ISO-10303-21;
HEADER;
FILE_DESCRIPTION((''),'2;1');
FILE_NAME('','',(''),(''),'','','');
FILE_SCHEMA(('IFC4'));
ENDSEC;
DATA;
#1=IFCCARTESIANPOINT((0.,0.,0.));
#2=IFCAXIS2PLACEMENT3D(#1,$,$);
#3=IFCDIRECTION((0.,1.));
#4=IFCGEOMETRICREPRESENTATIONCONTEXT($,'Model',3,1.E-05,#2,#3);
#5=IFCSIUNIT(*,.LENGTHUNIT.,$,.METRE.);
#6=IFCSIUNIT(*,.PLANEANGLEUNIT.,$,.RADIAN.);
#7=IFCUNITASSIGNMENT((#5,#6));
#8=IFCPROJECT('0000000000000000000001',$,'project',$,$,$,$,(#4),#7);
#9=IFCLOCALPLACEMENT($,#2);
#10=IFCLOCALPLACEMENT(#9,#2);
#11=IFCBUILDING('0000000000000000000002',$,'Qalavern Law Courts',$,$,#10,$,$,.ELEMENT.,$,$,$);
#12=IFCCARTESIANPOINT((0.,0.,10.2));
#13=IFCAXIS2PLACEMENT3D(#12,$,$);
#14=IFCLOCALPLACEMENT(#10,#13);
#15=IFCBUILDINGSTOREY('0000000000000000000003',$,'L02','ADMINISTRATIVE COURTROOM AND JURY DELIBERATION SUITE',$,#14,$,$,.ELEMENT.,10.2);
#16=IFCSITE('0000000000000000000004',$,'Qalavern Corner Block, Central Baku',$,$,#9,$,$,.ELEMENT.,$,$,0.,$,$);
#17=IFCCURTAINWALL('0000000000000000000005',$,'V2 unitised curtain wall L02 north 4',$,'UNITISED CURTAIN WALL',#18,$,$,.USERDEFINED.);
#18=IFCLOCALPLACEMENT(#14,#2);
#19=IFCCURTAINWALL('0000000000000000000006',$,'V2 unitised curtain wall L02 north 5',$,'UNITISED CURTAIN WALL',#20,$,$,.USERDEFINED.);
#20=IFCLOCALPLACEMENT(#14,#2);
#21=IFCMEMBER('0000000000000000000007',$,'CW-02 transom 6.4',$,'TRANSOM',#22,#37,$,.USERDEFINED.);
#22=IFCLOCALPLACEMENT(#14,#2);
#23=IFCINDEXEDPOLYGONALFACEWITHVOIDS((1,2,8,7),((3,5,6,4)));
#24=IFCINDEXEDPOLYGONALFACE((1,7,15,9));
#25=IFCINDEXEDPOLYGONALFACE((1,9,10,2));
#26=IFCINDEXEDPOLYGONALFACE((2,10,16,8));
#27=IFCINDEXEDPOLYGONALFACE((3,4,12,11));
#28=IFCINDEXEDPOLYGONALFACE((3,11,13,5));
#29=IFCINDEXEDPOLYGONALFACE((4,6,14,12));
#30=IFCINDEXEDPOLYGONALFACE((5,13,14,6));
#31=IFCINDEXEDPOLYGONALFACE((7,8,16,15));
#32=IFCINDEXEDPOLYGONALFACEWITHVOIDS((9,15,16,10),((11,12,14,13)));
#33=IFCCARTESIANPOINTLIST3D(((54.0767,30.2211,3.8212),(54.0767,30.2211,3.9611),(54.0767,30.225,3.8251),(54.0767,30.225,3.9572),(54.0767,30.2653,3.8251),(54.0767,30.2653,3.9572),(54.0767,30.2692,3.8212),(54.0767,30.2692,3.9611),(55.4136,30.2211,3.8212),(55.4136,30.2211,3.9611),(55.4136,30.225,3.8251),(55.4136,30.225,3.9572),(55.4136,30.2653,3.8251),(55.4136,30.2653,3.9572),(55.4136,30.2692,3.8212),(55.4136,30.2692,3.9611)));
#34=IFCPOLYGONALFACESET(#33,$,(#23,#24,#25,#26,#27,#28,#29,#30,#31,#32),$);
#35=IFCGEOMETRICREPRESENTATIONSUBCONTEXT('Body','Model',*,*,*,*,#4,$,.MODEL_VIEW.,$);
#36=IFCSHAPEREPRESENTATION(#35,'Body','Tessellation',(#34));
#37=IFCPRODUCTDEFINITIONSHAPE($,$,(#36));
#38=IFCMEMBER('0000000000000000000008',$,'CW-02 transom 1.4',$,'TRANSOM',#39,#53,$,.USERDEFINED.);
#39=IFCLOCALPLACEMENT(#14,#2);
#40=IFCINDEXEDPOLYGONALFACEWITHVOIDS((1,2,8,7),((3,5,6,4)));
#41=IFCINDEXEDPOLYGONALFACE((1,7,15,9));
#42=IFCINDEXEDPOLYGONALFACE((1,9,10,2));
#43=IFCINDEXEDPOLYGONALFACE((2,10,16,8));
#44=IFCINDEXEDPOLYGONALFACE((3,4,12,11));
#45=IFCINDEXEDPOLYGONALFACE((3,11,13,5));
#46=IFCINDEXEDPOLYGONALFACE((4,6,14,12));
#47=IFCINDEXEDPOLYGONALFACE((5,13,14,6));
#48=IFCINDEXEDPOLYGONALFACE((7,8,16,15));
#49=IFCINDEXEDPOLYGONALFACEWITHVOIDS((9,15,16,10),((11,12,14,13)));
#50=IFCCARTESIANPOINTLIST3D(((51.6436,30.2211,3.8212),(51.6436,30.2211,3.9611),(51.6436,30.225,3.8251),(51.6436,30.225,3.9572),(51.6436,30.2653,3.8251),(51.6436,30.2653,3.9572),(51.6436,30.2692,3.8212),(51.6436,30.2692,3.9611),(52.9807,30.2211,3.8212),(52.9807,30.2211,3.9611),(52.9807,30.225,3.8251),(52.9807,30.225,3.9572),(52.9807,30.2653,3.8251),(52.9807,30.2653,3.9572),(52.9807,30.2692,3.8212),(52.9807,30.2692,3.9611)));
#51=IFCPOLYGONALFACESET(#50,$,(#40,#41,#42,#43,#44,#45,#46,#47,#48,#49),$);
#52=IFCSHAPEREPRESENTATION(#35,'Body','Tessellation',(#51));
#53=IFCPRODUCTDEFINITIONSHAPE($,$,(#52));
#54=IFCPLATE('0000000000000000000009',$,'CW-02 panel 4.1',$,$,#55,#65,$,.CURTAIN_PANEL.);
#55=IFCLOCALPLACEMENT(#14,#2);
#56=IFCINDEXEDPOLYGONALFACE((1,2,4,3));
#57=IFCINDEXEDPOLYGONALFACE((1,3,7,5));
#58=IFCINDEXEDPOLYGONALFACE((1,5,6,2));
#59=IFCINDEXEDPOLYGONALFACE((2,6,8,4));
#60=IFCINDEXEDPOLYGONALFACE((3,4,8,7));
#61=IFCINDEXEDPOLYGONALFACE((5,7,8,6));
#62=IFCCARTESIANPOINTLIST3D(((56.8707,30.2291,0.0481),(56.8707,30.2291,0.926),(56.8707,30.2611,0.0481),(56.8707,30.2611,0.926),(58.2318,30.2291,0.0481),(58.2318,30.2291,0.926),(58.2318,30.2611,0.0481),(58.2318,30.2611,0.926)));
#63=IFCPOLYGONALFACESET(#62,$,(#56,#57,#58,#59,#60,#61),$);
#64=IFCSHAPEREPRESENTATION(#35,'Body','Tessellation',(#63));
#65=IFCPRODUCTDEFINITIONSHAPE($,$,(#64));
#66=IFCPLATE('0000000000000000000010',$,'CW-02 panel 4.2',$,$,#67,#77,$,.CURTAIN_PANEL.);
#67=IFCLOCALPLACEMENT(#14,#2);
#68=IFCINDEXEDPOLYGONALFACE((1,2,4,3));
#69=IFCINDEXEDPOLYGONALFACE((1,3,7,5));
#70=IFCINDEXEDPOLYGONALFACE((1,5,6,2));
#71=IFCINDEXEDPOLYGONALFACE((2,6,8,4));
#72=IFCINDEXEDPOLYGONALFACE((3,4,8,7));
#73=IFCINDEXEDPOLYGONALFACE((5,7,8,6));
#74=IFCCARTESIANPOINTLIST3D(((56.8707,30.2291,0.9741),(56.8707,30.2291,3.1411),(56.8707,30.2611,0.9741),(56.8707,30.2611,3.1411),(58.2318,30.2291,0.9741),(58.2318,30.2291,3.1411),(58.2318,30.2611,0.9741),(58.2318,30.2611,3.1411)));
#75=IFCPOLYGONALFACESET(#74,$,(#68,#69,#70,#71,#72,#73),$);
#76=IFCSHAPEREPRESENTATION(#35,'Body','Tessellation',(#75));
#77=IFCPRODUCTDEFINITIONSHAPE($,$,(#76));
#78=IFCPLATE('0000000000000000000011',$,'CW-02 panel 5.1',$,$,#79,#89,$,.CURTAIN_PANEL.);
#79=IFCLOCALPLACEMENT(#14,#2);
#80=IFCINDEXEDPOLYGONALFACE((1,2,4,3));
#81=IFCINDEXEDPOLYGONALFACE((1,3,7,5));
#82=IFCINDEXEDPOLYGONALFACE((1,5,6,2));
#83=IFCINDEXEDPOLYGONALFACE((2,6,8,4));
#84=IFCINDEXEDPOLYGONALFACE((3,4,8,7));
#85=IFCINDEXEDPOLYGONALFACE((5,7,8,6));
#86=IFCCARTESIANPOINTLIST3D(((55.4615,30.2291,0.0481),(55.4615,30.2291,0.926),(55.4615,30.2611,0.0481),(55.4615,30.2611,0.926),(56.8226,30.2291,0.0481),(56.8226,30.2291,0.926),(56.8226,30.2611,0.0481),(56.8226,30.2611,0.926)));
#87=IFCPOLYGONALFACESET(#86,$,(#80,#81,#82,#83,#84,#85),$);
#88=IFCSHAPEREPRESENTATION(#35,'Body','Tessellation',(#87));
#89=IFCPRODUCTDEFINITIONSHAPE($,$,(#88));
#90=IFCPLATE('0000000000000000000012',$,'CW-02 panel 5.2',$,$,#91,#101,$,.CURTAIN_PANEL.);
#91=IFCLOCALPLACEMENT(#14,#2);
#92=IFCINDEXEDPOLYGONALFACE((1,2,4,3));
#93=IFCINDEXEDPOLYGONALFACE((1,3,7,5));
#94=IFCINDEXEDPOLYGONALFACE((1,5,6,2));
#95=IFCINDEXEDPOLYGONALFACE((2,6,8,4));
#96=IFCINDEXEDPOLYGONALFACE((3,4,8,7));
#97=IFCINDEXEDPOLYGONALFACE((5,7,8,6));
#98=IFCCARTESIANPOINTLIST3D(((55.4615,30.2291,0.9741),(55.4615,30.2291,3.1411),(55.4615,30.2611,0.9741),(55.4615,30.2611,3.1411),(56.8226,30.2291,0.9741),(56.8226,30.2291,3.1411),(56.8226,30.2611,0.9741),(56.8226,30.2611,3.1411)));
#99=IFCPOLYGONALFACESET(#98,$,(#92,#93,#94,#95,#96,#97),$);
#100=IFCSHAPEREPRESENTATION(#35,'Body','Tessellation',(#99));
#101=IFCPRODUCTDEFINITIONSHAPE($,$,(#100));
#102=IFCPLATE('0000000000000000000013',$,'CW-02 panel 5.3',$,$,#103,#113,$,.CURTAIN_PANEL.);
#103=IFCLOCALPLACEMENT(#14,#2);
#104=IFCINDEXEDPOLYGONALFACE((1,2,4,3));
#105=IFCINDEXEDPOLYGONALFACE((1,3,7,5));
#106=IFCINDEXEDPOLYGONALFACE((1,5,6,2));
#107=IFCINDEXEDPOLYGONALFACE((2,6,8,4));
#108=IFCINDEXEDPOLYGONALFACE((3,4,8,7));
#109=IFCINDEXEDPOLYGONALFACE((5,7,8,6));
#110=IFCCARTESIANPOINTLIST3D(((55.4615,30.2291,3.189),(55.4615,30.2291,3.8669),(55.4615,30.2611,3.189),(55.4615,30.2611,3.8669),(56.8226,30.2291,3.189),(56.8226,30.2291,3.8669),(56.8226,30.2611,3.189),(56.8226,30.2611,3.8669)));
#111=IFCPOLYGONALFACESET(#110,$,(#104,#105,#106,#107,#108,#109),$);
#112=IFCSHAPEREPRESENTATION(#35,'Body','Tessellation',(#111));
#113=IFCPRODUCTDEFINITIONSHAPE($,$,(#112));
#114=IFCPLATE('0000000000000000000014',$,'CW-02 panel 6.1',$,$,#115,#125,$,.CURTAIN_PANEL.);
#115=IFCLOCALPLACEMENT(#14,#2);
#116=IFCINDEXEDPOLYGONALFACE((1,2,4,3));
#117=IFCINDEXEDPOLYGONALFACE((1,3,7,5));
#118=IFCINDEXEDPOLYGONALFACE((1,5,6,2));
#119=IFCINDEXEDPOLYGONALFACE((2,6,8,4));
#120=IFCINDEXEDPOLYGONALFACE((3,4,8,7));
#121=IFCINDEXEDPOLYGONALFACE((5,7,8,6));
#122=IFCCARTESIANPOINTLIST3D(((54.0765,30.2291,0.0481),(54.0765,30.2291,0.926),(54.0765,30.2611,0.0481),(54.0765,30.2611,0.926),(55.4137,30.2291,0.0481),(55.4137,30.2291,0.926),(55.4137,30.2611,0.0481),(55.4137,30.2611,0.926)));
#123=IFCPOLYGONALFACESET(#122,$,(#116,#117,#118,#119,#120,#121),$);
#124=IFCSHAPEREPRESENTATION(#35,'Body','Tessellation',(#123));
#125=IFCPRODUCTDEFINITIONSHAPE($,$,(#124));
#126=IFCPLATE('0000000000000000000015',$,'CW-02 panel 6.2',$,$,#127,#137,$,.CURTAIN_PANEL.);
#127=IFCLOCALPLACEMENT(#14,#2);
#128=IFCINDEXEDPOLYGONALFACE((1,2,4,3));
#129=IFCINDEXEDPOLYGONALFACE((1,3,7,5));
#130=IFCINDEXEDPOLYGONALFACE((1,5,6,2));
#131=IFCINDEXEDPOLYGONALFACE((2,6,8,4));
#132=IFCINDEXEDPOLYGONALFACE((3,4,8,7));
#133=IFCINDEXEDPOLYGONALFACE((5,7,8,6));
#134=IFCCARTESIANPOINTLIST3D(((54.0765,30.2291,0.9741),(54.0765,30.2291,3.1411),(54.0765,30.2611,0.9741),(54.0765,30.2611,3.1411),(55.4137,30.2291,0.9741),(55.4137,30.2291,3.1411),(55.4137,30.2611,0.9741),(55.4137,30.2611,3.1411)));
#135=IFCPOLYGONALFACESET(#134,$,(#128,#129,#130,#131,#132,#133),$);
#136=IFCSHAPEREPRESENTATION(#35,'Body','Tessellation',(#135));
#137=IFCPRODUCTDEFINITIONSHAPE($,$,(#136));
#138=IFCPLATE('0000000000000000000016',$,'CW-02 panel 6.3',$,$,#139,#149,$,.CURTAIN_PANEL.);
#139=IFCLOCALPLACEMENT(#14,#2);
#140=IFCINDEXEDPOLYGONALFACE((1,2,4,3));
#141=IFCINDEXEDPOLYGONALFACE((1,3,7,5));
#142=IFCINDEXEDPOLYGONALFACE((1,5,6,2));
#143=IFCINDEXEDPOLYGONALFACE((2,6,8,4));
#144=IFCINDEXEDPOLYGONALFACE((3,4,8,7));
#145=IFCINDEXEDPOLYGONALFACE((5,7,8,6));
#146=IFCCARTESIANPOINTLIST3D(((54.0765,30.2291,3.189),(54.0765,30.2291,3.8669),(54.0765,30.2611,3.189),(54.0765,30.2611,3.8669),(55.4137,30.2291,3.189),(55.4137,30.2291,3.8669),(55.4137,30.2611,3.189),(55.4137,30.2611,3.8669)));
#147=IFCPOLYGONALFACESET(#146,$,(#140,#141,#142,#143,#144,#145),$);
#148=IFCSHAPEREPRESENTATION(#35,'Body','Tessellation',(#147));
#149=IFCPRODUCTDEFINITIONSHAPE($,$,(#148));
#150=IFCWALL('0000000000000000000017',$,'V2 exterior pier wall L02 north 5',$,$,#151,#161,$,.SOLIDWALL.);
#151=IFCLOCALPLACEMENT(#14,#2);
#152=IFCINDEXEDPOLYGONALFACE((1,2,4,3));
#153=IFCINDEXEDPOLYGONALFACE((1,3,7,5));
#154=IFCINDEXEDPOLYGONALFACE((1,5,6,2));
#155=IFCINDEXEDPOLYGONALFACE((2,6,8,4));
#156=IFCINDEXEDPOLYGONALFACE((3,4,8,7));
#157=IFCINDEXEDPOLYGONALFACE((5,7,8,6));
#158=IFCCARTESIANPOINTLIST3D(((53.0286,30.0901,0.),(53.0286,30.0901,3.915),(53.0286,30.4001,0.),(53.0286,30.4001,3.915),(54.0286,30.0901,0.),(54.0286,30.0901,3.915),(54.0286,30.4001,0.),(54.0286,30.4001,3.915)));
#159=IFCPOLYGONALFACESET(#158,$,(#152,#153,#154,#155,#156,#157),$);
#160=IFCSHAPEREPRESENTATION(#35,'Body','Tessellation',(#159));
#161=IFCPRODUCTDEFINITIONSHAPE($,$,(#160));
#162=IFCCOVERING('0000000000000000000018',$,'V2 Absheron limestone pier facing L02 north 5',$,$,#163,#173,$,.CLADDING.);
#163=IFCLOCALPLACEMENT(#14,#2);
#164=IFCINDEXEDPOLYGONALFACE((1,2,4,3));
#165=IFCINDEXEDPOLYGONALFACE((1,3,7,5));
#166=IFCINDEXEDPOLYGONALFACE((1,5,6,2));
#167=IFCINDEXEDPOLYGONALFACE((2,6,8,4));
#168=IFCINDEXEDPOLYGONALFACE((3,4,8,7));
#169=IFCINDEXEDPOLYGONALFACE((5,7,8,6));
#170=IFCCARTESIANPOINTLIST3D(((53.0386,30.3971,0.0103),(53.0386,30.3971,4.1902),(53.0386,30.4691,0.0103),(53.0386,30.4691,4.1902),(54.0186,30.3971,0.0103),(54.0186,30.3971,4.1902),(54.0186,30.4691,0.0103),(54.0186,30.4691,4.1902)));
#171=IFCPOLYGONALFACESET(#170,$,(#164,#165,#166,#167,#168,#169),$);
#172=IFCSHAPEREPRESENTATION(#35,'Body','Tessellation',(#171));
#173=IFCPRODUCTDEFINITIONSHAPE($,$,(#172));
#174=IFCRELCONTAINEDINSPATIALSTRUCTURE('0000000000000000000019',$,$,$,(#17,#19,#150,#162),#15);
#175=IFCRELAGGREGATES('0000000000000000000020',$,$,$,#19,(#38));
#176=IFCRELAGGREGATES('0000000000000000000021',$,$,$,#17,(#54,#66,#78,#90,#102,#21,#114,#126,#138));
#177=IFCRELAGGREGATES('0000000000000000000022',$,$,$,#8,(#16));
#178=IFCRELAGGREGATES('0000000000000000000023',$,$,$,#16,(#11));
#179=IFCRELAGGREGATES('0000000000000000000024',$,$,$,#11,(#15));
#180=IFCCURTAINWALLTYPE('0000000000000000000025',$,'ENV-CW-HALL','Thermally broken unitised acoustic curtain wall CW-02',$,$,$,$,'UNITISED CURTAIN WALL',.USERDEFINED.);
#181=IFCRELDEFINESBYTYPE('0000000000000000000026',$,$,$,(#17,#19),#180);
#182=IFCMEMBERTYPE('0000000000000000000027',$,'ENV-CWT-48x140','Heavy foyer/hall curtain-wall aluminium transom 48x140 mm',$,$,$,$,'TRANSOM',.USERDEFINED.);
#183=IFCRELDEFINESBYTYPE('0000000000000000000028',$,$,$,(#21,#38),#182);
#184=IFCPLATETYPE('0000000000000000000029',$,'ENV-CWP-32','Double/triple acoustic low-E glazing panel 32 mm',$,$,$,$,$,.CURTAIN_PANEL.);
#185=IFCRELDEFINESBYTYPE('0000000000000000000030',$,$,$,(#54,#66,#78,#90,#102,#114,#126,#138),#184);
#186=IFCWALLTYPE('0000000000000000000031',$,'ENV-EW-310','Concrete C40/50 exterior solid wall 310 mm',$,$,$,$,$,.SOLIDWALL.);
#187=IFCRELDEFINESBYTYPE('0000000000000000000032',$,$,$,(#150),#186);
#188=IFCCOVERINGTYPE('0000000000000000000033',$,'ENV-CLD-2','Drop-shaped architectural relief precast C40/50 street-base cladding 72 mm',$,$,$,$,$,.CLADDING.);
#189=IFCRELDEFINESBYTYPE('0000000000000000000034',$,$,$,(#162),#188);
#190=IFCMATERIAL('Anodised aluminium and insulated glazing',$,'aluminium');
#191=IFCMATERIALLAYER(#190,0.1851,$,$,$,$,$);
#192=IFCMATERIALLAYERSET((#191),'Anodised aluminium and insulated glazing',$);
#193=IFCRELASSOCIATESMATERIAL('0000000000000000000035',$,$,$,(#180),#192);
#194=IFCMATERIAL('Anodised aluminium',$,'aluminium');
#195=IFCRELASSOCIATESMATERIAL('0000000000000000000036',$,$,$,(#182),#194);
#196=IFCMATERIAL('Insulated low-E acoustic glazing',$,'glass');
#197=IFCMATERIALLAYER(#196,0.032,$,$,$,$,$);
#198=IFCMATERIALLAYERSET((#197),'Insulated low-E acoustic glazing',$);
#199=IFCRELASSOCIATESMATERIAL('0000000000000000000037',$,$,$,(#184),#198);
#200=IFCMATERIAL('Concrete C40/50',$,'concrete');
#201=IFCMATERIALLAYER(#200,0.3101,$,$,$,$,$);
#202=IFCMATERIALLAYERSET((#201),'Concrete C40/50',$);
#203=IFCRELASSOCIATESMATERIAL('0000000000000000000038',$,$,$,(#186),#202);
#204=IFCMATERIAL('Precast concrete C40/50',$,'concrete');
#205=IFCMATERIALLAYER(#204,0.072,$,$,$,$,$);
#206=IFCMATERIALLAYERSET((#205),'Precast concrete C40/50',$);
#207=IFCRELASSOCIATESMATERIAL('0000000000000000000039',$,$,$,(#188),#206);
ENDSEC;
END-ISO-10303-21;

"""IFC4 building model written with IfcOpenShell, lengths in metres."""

from ifc_helpers import new_model, si_unit, direction, frame, frame_2d, origin, origin_2d, place, context, subcontext, project, spatial, rectangle, hollow_rectangle, extrude, material, layer, layer_set, material_profile, profile_set, type_object, element, aggregate, save


model = new_model("IFC4")

# Units and contexts
model_context = context("Model", 3, precision=1e-05, world=origin(), true_north=direction((0.0, 1.0)))
body_context = subcontext(model_context, "Body", "Model", "MODEL_VIEW")
ifc_project = project(units=[si_unit("LENGTHUNIT", "METRE"), si_unit("PLANEANGLEUNIT", "RADIAN")], contexts=[model_context])

# Site, building, storey
site_placement = place(None, origin())
site = spatial("IfcSite", under=ifc_project, at=site_placement, Name="Qalavern Corner Block, Central Baku", CompositionType="ELEMENT", RefElevation=0.0)
building_placement = place(site_placement, origin())
building = spatial("IfcBuilding", under=site, at=building_placement, Name="Qalavern Law Courts", CompositionType="ELEMENT")
storey_placement = place(building_placement, frame((0.0, 0.0, 10.2)))
storey = spatial("IfcBuildingStorey", under=building, at=storey_placement, Name="L02", Description="ADMINISTRATIVE COURTROOM AND JURY DELIBERATION SUITE", CompositionType="ELEMENT", Elevation=10.2)

# Curtain wall
ifc_material_1 = material(Name="Anodised aluminium and insulated glazing", Category="aluminium")
ifc_layer_1 = layer(ifc_material_1, 0.1851)
ifc_layer_set_1 = layer_set([ifc_layer_1], Name="Anodised aluminium and insulated glazing")
curtain_wall_type = type_object("IfcCurtainWallType", Name="ENV-CW-HALL", Description="Thermally broken unitised acoustic curtain wall CW-02", ElementType="UNITISED CURTAIN WALL", PredefinedType="USERDEFINED", material=ifc_layer_set_1)
curtain_wall_1_placement = place(storey_placement, origin())
curtain_wall_1 = element("IfcCurtainWall", 1, at=curtain_wall_1_placement, inside=storey, type_object=curtain_wall_type, Name="V2 unitised curtain wall L02 north 4", ObjectType="UNITISED CURTAIN WALL", PredefinedType="USERDEFINED")
ifc_material_2 = material(Name="Anodised aluminium", Category="aluminium")

# Curtain wall
curtain_wall_2_placement = place(storey_placement, origin())
curtain_wall_2 = element("IfcCurtainWall", 2, at=curtain_wall_2_placement, inside=storey, type_object=curtain_wall_type, Name="V2 unitised curtain wall L02 north 5", ObjectType="UNITISED CURTAIN WALL", PredefinedType="USERDEFINED")

# Members
ifc_material_profile_1 = material_profile(ifc_material_2, hollow_rectangle(XDim=0.0481, YDim=0.1399, WallThickness=0.0039, at=origin_2d()), Name="ALU TRANSOM 48x140")
ifc_profile_set_1 = profile_set([ifc_material_profile_1], Name="Anodised aluminium")
member_type_1 = type_object("IfcMemberType", Name="ENV-CWT-48x140", Description="Heavy foyer/hall curtain-wall aluminium transom 48x140 mm", ElementType="TRANSOM", PredefinedType="USERDEFINED", material=ifc_profile_set_1)
member_1_placement = place(storey_placement, frame((55.4136, 30.2451, 3.8911), z_axis=(-1.0, 0.0, 0.0), x_axis=(0.0, -1.0, 0.0)))
member_1 = element("IfcMember", 3, at=member_1_placement, type_object=member_type_1, Name="CW-02 transom 6.4", ObjectType="TRANSOM", PredefinedType="USERDEFINED", context=body_context, shape_type="SweptSolid", body=[
    extrude(hollow_rectangle(XDim=0.0481, YDim=0.1399, WallThickness=0.0039, at=origin_2d()), origin(), (0.0, 0.0, 1.0), 1.3369),
])
member_2_placement = place(storey_placement, frame((52.9807, 30.2451, 3.8911), z_axis=(-1.0, 0.0, 0.0), x_axis=(0.0, -1.0, 0.0)))
member_2 = element("IfcMember", 4, at=member_2_placement, type_object=member_type_1, Name="CW-02 transom 1.4", ObjectType="TRANSOM", PredefinedType="USERDEFINED", context=body_context, shape_type="SweptSolid", body=[
    extrude(hollow_rectangle(XDim=0.0481, YDim=0.1399, WallThickness=0.0039, at=origin_2d()), origin(), (0.0, 0.0, 1.0), 1.3372),
])
aggregate(curtain_wall_2, [member_2])

# Plates
ifc_material_3 = material(Name="Insulated low-E acoustic glazing", Category="glass")
ifc_layer_2 = layer(ifc_material_3, 0.032)
ifc_layer_set_2 = layer_set([ifc_layer_2], Name="Insulated low-E acoustic glazing")
plate_type = type_object("IfcPlateType", Name="ENV-CWP-32", Description="Double/triple acoustic low-E glazing panel 32 mm", PredefinedType="CURTAIN_PANEL", material=ifc_layer_set_2)
plate_1_placement = place(storey_placement, frame((57.5513, 30.2451, 0.0481), z_axis=(0.0, 0.0, 1.0), x_axis=(-1.0, 0.0, 0.0)))
plate_1 = element("IfcPlate", 5, at=plate_1_placement, type_object=plate_type, Name="CW-02 panel 4.1", PredefinedType="CURTAIN_PANEL", context=body_context, shape_type="SweptSolid", body=[
    extrude(rectangle(XDim=1.3611, YDim=0.032, at=origin_2d()), origin(), (0.0, 0.0, 1.0), 0.8779),
])
plate_2_placement = place(storey_placement, frame((57.5513, 30.2451, 0.9741), z_axis=(0.0, 0.0, 1.0), x_axis=(-1.0, 0.0, 0.0)))
plate_2 = element("IfcPlate", 6, at=plate_2_placement, type_object=plate_type, Name="CW-02 panel 4.2", PredefinedType="CURTAIN_PANEL", context=body_context, shape_type="SweptSolid", body=[
    extrude(rectangle(XDim=1.3611, YDim=0.032, at=origin_2d()), origin(), (0.0, 0.0, 1.0), 2.167),
])
plate_3_placement = place(storey_placement, frame((56.1421, 30.2451, 0.0481), z_axis=(0.0, 0.0, 1.0), x_axis=(-1.0, 0.0, 0.0)))
plate_3 = element("IfcPlate", 7, at=plate_3_placement, type_object=plate_type, Name="CW-02 panel 5.1", PredefinedType="CURTAIN_PANEL", context=body_context, shape_type="SweptSolid", body=[
    extrude(rectangle(XDim=1.3611, YDim=0.032, at=origin_2d()), origin(), (0.0, 0.0, 1.0), 0.8779),
])
plate_4_placement = place(storey_placement, frame((56.1421, 30.2451, 0.9741), z_axis=(0.0, 0.0, 1.0), x_axis=(-1.0, 0.0, 0.0)))
plate_4 = element("IfcPlate", 8, at=plate_4_placement, type_object=plate_type, Name="CW-02 panel 5.2", PredefinedType="CURTAIN_PANEL", context=body_context, shape_type="SweptSolid", body=[
    extrude(rectangle(XDim=1.3611, YDim=0.032, at=origin_2d()), origin(), (0.0, 0.0, 1.0), 2.167),
])
plate_5_placement = place(storey_placement, frame((56.1421, 30.2451, 3.189), z_axis=(0.0, 0.0, 1.0), x_axis=(-1.0, 0.0, 0.0)))
plate_5 = element("IfcPlate", 9, at=plate_5_placement, type_object=plate_type, Name="CW-02 panel 5.3", PredefinedType="CURTAIN_PANEL", context=body_context, shape_type="SweptSolid", body=[
    extrude(rectangle(XDim=1.3611, YDim=0.032, at=origin_2d()), origin(), (0.0, 0.0, 1.0), 0.678),
])
plate_6_placement = place(storey_placement, frame((54.7451, 30.2451, 0.0481), z_axis=(0.0, 0.0, 1.0), x_axis=(-1.0, 0.0, 0.0)))
plate_6 = element("IfcPlate", 10, at=plate_6_placement, type_object=plate_type, Name="CW-02 panel 6.1", PredefinedType="CURTAIN_PANEL", context=body_context, shape_type="SweptSolid", body=[
    extrude(rectangle(XDim=1.3372, YDim=0.032, at=origin_2d()), origin(), (0.0, 0.0, 1.0), 0.8779),
])
plate_7_placement = place(storey_placement, frame((54.7451, 30.2451, 0.9741), z_axis=(0.0, 0.0, 1.0), x_axis=(-1.0, 0.0, 0.0)))
plate_7 = element("IfcPlate", 11, at=plate_7_placement, type_object=plate_type, Name="CW-02 panel 6.2", PredefinedType="CURTAIN_PANEL", context=body_context, shape_type="SweptSolid", body=[
    extrude(rectangle(XDim=1.3372, YDim=0.032, at=origin_2d()), origin(), (0.0, 0.0, 1.0), 2.167),
])
plate_8_placement = place(storey_placement, frame((54.7451, 30.2451, 3.189), z_axis=(0.0, 0.0, 1.0), x_axis=(-1.0, 0.0, 0.0)))
plate_8 = element("IfcPlate", 12, at=plate_8_placement, type_object=plate_type, Name="CW-02 panel 6.3", PredefinedType="CURTAIN_PANEL", context=body_context, shape_type="SweptSolid", body=[
    extrude(rectangle(XDim=1.3372, YDim=0.032, at=origin_2d()), origin(), (0.0, 0.0, 1.0), 0.678),
])
aggregate(curtain_wall_1, [plate_1, plate_2, plate_3, plate_4, plate_5, member_1, plate_6, plate_7, plate_8])

# Wall
ifc_material_4 = material(Name="Concrete C40/50", Category="concrete")
ifc_layer_3 = layer(ifc_material_4, 0.3101)
ifc_layer_set_3 = layer_set([ifc_layer_3], Name="Concrete C40/50")
wall_type = type_object("IfcWallType", Name="ENV-EW-310", Description="Concrete C40/50 exterior solid wall 310 mm", PredefinedType="SOLIDWALL", material=ifc_layer_set_3)
wall_placement = place(storey_placement, frame((54.0286, 30.2451, 0.0), z_axis=(0.0, 0.0, 1.0), x_axis=(-1.0, 0.0, 0.0)))
element("IfcWall", 13, at=wall_placement, inside=storey, type_object=wall_type, Name="V2 exterior pier wall L02 north 5", PredefinedType="SOLIDWALL", context=body_context, shape_type="SweptSolid", body=[
    extrude(rectangle(XDim=1.0, YDim=0.3101, at=frame_2d((0.5, 0.0))), origin(), (0.0, 0.0, 1.0), 3.915),
])

# Covering
ifc_material_5 = material(Name="Precast concrete C40/50", Category="concrete")
ifc_layer_4 = layer(ifc_material_5, 0.072)
ifc_layer_set_4 = layer_set([ifc_layer_4], Name="Precast concrete C40/50")
covering_type = type_object("IfcCoveringType", Name="ENV-CLD-2", Description="Drop-shaped architectural relief precast C40/50 street-base cladding 72 mm", PredefinedType="CLADDING", material=ifc_layer_set_4)
covering_placement = place(storey_placement, frame((53.5286, 30.4331, 0.0103), z_axis=(0.0, 0.0, 1.0), x_axis=(-1.0, 0.0, 0.0)))
element("IfcCovering", 14, at=covering_placement, inside=storey, type_object=covering_type, Name="V2 Absheron limestone pier facing L02 north 5", PredefinedType="CLADDING", context=body_context, shape_type="SweptSolid", body=[
    extrude(rectangle(XDim=0.98, YDim=0.072, at=origin_2d()), origin(), (0.0, 0.0, 1.0), 4.1799),
])

save(model, "model.ifc")
